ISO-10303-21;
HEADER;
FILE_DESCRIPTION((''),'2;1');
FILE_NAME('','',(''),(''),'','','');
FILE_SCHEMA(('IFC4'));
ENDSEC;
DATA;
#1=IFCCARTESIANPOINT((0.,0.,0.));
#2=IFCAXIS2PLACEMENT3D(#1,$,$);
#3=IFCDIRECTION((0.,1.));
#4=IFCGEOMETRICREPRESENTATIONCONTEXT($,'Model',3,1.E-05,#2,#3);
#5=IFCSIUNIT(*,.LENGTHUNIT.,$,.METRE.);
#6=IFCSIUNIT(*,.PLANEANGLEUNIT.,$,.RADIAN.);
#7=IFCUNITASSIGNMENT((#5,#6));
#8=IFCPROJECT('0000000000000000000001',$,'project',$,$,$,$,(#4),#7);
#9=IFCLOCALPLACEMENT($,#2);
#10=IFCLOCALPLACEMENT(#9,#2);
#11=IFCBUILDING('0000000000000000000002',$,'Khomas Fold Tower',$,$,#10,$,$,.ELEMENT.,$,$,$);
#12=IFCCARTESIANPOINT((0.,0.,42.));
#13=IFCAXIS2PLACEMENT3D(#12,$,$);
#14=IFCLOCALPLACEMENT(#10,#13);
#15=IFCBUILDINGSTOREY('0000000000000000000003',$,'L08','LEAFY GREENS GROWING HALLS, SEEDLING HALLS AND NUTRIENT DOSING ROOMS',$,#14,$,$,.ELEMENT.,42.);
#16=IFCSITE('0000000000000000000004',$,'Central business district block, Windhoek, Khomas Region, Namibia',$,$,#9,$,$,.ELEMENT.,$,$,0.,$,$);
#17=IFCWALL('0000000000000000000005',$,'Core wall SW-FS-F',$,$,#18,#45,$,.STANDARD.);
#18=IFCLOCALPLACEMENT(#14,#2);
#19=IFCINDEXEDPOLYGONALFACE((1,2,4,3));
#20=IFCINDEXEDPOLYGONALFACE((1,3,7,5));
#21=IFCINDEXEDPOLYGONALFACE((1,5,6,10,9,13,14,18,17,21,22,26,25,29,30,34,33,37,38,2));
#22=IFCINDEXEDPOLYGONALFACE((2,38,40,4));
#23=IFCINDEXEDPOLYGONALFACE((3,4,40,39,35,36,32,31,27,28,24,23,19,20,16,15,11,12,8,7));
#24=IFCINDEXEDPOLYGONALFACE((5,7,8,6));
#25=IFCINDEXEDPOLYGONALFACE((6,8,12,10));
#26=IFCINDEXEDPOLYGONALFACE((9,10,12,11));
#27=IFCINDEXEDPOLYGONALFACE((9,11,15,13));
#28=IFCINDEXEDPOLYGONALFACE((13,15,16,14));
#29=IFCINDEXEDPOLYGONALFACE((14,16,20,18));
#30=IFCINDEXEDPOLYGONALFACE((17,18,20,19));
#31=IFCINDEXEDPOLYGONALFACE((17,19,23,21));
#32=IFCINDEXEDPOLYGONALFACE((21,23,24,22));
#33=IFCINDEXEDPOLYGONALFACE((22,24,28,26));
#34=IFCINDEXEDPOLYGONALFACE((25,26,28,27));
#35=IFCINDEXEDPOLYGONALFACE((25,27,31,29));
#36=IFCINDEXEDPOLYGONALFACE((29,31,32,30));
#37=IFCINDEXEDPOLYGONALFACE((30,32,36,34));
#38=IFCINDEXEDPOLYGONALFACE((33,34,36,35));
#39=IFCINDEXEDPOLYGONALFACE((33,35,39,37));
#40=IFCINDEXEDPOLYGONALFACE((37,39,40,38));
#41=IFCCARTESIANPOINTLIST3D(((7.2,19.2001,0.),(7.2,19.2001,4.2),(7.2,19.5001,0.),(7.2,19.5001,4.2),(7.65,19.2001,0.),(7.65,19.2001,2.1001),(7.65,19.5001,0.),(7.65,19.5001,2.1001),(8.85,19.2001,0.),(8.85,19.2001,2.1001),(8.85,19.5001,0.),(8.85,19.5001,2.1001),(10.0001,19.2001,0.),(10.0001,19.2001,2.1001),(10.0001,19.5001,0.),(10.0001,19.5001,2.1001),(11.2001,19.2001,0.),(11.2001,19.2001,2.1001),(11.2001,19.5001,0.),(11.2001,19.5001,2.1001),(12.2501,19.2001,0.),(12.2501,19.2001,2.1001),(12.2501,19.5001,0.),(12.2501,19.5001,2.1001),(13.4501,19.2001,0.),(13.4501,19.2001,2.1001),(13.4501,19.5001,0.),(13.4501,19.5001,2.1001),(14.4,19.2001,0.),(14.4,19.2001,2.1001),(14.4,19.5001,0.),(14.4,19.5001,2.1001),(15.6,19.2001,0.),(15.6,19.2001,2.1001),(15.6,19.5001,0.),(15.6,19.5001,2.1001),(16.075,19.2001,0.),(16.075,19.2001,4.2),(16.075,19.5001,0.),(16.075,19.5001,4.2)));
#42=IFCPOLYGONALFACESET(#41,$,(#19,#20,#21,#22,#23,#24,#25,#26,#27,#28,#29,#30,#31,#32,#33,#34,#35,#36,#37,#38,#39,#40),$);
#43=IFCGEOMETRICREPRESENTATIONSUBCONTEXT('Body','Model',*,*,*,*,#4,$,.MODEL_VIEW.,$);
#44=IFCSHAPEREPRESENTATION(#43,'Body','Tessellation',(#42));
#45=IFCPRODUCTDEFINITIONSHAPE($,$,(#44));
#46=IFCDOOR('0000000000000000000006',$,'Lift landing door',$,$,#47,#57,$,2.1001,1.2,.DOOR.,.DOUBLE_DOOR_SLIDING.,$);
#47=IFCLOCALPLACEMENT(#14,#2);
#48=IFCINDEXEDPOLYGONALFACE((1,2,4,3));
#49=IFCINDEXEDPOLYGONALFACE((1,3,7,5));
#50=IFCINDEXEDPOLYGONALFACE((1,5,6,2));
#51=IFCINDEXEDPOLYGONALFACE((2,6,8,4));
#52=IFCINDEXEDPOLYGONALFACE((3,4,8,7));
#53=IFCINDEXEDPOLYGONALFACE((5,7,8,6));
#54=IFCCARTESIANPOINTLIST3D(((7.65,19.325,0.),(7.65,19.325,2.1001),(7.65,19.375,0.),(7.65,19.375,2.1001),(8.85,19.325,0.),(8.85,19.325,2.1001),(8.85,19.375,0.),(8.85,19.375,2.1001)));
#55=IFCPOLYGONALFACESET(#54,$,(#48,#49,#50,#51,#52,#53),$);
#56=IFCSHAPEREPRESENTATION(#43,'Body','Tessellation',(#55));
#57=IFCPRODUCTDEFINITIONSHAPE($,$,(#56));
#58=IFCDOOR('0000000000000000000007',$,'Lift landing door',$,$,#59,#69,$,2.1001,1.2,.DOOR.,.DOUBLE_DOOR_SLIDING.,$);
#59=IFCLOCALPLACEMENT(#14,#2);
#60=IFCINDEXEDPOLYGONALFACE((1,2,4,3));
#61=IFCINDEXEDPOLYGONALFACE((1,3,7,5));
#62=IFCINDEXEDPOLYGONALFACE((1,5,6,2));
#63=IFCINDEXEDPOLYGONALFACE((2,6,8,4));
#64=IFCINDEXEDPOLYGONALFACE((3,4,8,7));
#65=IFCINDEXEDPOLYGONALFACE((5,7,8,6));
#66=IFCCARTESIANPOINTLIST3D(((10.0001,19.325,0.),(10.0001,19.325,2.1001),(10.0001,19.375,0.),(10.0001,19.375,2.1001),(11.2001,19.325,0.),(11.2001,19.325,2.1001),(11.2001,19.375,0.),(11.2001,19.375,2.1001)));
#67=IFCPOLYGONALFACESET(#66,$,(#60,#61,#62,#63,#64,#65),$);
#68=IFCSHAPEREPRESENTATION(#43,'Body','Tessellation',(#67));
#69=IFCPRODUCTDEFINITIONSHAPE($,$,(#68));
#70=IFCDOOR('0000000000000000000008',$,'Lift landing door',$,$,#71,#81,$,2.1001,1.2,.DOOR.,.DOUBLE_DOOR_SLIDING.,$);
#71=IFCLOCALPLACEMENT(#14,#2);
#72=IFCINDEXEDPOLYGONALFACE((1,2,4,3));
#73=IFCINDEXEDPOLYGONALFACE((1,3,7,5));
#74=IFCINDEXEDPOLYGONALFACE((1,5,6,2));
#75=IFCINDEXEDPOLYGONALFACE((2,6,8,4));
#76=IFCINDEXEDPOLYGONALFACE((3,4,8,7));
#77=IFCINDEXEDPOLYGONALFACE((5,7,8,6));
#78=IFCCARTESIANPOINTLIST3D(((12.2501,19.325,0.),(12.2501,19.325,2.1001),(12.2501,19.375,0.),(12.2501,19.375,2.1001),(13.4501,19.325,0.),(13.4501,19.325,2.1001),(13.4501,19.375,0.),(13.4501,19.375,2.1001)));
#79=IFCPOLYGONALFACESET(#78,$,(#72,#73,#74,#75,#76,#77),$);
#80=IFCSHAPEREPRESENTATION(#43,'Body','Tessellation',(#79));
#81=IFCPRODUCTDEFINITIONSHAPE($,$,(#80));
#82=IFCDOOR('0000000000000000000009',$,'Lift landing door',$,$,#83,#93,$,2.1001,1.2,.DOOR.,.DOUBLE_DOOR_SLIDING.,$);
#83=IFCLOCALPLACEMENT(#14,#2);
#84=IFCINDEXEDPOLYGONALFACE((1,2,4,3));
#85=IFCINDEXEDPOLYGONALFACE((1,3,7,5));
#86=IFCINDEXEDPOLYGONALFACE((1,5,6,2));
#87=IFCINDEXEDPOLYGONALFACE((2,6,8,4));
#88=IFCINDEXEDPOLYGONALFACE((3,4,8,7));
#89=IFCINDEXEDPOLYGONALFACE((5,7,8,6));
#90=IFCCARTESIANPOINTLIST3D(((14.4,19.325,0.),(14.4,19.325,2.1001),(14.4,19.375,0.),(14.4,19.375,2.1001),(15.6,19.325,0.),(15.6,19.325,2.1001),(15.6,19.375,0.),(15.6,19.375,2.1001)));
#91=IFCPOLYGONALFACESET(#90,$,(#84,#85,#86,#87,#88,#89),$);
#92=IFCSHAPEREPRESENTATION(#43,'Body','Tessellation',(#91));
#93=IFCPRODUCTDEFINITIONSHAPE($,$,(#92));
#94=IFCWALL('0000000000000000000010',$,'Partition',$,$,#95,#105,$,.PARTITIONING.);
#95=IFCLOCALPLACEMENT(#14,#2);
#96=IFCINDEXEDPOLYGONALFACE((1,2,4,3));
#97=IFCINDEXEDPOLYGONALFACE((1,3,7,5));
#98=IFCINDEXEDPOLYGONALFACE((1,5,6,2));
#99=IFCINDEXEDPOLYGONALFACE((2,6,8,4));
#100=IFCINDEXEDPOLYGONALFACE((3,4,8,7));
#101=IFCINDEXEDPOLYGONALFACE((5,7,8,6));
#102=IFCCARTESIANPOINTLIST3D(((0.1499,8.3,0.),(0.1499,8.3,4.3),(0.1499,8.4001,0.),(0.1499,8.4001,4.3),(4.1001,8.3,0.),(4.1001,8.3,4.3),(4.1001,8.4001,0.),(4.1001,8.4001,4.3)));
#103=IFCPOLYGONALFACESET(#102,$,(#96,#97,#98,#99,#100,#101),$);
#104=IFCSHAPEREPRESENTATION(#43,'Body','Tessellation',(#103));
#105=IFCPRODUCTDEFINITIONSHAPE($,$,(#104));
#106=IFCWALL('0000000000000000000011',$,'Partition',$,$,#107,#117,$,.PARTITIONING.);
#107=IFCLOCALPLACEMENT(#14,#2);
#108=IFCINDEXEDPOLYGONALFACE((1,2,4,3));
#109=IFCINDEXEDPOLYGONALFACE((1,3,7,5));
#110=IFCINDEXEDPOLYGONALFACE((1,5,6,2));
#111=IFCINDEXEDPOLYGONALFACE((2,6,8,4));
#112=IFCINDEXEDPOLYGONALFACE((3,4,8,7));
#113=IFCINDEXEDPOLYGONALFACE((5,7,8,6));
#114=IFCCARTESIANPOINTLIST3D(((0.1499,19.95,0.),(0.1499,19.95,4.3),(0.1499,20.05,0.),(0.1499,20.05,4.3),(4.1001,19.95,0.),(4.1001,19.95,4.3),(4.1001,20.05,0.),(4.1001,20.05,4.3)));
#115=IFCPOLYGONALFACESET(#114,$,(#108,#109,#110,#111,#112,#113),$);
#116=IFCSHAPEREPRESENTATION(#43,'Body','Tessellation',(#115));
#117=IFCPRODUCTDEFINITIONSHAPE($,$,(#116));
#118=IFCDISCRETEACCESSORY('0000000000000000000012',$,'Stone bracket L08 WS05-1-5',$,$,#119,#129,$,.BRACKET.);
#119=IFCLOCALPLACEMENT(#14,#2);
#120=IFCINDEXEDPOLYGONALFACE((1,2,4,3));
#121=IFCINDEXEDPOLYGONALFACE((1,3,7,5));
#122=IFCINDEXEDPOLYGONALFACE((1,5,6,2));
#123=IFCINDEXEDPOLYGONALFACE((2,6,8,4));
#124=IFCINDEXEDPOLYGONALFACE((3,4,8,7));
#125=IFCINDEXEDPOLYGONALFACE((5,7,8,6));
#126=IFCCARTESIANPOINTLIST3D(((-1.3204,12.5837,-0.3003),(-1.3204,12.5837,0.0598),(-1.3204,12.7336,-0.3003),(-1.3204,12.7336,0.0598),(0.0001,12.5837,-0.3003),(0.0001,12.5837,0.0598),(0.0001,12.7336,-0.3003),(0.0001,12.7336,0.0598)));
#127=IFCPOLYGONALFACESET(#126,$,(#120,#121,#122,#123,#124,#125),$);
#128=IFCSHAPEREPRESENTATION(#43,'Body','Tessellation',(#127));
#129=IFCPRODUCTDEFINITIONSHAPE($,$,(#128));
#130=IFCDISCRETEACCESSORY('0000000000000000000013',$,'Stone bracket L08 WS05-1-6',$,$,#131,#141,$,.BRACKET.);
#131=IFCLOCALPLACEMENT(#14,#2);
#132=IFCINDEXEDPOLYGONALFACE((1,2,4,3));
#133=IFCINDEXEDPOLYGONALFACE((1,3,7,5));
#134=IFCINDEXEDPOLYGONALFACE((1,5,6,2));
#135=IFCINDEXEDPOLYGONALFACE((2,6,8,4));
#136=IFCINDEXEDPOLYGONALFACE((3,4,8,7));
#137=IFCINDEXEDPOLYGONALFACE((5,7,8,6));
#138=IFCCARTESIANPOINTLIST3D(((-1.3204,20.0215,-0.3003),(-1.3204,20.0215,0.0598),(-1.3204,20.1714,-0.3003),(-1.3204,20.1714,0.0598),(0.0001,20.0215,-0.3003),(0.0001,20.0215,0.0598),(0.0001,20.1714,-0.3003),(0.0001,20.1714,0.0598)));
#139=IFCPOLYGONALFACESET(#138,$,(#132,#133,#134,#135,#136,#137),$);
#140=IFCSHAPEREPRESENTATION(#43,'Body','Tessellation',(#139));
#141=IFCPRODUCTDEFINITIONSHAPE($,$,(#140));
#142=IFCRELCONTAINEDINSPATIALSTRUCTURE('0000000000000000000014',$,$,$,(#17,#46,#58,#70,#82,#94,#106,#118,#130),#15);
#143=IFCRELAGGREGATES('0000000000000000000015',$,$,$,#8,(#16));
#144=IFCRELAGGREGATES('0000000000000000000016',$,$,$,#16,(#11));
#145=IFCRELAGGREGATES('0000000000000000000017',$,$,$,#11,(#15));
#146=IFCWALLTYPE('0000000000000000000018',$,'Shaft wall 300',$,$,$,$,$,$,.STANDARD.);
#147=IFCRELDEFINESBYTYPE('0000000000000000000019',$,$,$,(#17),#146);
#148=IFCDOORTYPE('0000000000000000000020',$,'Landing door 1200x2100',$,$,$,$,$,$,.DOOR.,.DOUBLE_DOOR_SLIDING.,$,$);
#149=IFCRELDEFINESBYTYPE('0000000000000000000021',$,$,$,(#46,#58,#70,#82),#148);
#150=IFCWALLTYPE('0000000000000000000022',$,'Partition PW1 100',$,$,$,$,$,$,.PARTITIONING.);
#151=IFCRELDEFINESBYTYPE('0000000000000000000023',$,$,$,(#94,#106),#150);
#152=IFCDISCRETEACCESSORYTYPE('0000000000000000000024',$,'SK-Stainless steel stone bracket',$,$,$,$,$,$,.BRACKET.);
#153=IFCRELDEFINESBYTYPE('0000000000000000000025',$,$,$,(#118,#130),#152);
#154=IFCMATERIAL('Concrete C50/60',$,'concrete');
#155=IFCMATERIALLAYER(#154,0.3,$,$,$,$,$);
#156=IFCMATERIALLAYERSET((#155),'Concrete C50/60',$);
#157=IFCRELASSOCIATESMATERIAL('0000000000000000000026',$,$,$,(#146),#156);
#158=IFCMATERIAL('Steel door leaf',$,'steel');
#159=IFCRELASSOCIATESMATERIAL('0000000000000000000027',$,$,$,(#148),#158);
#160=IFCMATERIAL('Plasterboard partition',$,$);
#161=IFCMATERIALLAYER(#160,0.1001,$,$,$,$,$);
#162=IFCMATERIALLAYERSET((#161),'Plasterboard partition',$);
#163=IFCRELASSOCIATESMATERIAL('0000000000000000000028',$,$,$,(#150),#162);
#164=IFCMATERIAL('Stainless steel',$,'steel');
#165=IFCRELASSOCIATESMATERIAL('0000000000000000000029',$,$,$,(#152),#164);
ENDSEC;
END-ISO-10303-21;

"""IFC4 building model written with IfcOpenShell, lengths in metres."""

from ifc_helpers import new_model, si_unit, direction, frame, frame_2d, origin, origin_2d, place, context, subcontext, project, spatial, rectangle, extrude, source, transform, mapped, material, layer, layer_set, type_object, element, fill, save


model = new_model("IFC4")

# Units and contexts
model_context = context("Model", 3, precision=1e-05, world=origin(), true_north=direction((0.0, 1.0)))
body_context = subcontext(model_context, "Body", "Model", "MODEL_VIEW")
ifc_project = project(units=[si_unit("LENGTHUNIT", "METRE"), si_unit("PLANEANGLEUNIT", "RADIAN")], contexts=[model_context])

# Site, building, storey
site_placement = place(None, origin())
site = spatial("IfcSite", under=ifc_project, at=site_placement, Name="Central business district block, Windhoek, Khomas Region, Namibia", CompositionType="ELEMENT", RefElevation=0.0)
building_placement = place(site_placement, origin())
building = spatial("IfcBuilding", under=site, at=building_placement, Name="Khomas Fold Tower", CompositionType="ELEMENT")
storey_placement = place(building_placement, frame((0.0, 0.0, 42.0)))
storey = spatial("IfcBuildingStorey", under=building, at=storey_placement, Name="L08", Description="LEAFY GREENS GROWING HALLS, SEEDLING HALLS AND NUTRIENT DOSING ROOMS", CompositionType="ELEMENT", Elevation=42.0)

# Shared definitions
ifc_material_1 = material(Name="Concrete C50/60", Category="concrete")
ifc_layer_1 = layer(ifc_material_1, 0.3)
ifc_layer_set_1 = layer_set([ifc_layer_1], Name="Concrete C50/60")
wall_type_1 = type_object("IfcWallType", Name="Shaft wall 300", PredefinedType="STANDARD", material=ifc_layer_set_1)

# Wall, openings, doors
shared_shape_1 = source(origin(), body_context, "Body", "SweptSolid", [
    extrude(rectangle(XDim=8.875, YDim=0.3, at=frame_2d((4.4375, 0.0))), origin(), (0.0, 0.0, 1.0), 4.2),
])
wall_1_placement = place(storey_placement, frame((7.2, 19.3501, 0.0), z_axis=(0.0, 0.0, 1.0), x_axis=(1.0, 0.0, 0.0)))
wall_1 = element("IfcWall", 1, at=wall_1_placement, inside=storey, type_object=wall_type_1, Name="Core wall SW-FS-F", PredefinedType="STANDARD", context=body_context, shape_type="MappedRepresentation", body=[
    mapped(shared_shape_1, transform((0.0, 0.0, 0.0))),
])
shared_shape_2 = source(origin(), body_context, "Body", "SweptSolid", [
    extrude(rectangle(XDim=1.2, YDim=2.1001, at=frame_2d((0.6001, 1.05))), frame((0.0, 0.1599, 0.0), z_axis=(0.0, -1.0, 0.0), x_axis=(1.0, 0.0, 0.0)), (0.0, 0.0, 1.0), 0.3201),
])
opening_1_placement = place(wall_1_placement, frame((0.45, 0.0, 0.0)))
opening_1 = element("IfcOpeningElement", 2, at=opening_1_placement, cuts=wall_1, PredefinedType="OPENING", context=body_context, shape_type="MappedRepresentation", body=[
    mapped(shared_shape_2, transform((0.0, 0.0, 0.0))),
])
opening_2_placement = place(wall_1_placement, frame((2.8, 0.0, 0.0)))
opening_2 = element("IfcOpeningElement", 3, at=opening_2_placement, cuts=wall_1, PredefinedType="OPENING", context=body_context, shape_type="MappedRepresentation", body=[
    mapped(shared_shape_2, transform((0.0, 0.0, 0.0))),
])
opening_3_placement = place(wall_1_placement, frame((5.05, 0.0, 0.0)))
opening_3 = element("IfcOpeningElement", 4, at=opening_3_placement, cuts=wall_1, PredefinedType="OPENING", context=body_context, shape_type="MappedRepresentation", body=[
    mapped(shared_shape_2, transform((0.0, 0.0, 0.0))),
])
opening_4_placement = place(wall_1_placement, frame((7.2, 0.0, 0.0)))
opening_4 = element("IfcOpeningElement", 5, at=opening_4_placement, cuts=wall_1, PredefinedType="OPENING", context=body_context, shape_type="MappedRepresentation", body=[
    mapped(shared_shape_2, transform((0.0, 0.0, 0.0))),
])
ifc_material_2 = material(Name="Steel door leaf", Category="steel")
door_type_1 = type_object("IfcDoorType", Name="Landing door 1200x2100", OperationType="DOUBLE_DOOR_SLIDING", PredefinedType="DOOR", material=ifc_material_2)
shared_shape_3 = source(origin(), body_context, "Body", "SweptSolid", [
    extrude(rectangle(XDim=1.2, YDim=2.1001, at=frame_2d((0.6001, 1.05))), frame((0.0, 0.0249, 0.0), z_axis=(0.0, -1.0, 0.0), x_axis=(1.0, 0.0, 0.0)), (0.0, 0.0, 1.0), 0.05),
])
door_1_placement = place(opening_1_placement, origin())
door_1 = element("IfcDoor", 6, at=door_1_placement, inside=storey, type_object=door_type_1, Name="Lift landing door", OperationType="DOUBLE_DOOR_SLIDING", OverallHeight=2.1001, OverallWidth=1.2, PredefinedType="DOOR", context=body_context, shape_type="MappedRepresentation", body=[
    mapped(shared_shape_3, transform((0.0, 0.0, 0.0))),
])
fill(opening_1, door_1)
door_2_placement = place(opening_2_placement, origin())
door_2 = element("IfcDoor", 7, at=door_2_placement, inside=storey, type_object=door_type_1, Name="Lift landing door", OperationType="DOUBLE_DOOR_SLIDING", OverallHeight=2.1001, OverallWidth=1.2, PredefinedType="DOOR", context=body_context, shape_type="MappedRepresentation", body=[
    mapped(shared_shape_3, transform((0.0, 0.0, 0.0))),
])
fill(opening_2, door_2)
door_3_placement = place(opening_3_placement, origin())
door_3 = element("IfcDoor", 8, at=door_3_placement, inside=storey, type_object=door_type_1, Name="Lift landing door", OperationType="DOUBLE_DOOR_SLIDING", OverallHeight=2.1001, OverallWidth=1.2, PredefinedType="DOOR", context=body_context, shape_type="MappedRepresentation", body=[
    mapped(shared_shape_3, transform((0.0, 0.0, 0.0))),
])
fill(opening_3, door_3)
door_4_placement = place(opening_4_placement, origin())
door_4 = element("IfcDoor", 9, at=door_4_placement, inside=storey, type_object=door_type_1, Name="Lift landing door", OperationType="DOUBLE_DOOR_SLIDING", OverallHeight=2.1001, OverallWidth=1.2, PredefinedType="DOOR", context=body_context, shape_type="MappedRepresentation", body=[
    mapped(shared_shape_3, transform((0.0, 0.0, 0.0))),
])
fill(opening_4, door_4)

# Walls
ifc_material_3 = material(Name="Plasterboard partition")
ifc_layer_2 = layer(ifc_material_3, 0.1001)
ifc_layer_set_2 = layer_set([ifc_layer_2], Name="Plasterboard partition")
wall_type_2 = type_object("IfcWallType", Name="Partition PW1 100", PredefinedType="PARTITIONING", material=ifc_layer_set_2)
shared_shape_4 = source(origin(), body_context, "Body", "SweptSolid", [
    extrude(rectangle(XDim=3.9502, YDim=0.1001, at=frame_2d((1.9751, 0.0))), origin(), (0.0, 0.0, 1.0), 4.3),
])
for number, where, z_axis, x_axis, name in (
    (10, (0.1499, 8.3501, 0.0), (0.0, 0.0, 1.0), (1.0, 0.0, 0.0), "Partition"),
    (11, (0.1499, 20.0, 0.0), (0.0, 0.0, 1.0), (1.0, 0.0, 0.0), "Partition"),
):
    element("IfcWall", number, at=place(storey_placement, frame(where, z_axis=z_axis, x_axis=x_axis)), inside=storey, type_object=wall_type_2, Name=name, PredefinedType="PARTITIONING", context=body_context, shape_type="MappedRepresentation", body=[
        mapped(shared_shape_4, transform((0.0, 0.0, 0.0))),
    ])

# Discrete accessories
ifc_material_4 = material(Name="Stainless steel", Category="steel")
discrete_accessory_type = type_object("IfcDiscreteAccessoryType", Name="SK-Stainless steel stone bracket", PredefinedType="BRACKET", material=ifc_material_4)
shared_shape_5 = source(origin(), body_context, "Body", "SweptSolid", [
    extrude(rectangle(XDim=1.3206, YDim=0.1499, at=origin_2d()), origin(), (0.0, 0.0, 1.0), 0.3601),
])
for number, where, z_axis, x_axis, name in (
    (12, (-0.6602, 12.6587, -0.3003), (0.0, 0.0, 1.0), (-1.0, 0.0, 0.0), "Stone bracket L08 WS05-1-5"),
    (13, (-0.6602, 20.0964, -0.3003), (0.0, 0.0, 1.0), (-1.0, 0.0, 0.0), "Stone bracket L08 WS05-1-6"),
):
    element("IfcDiscreteAccessory", number, at=place(storey_placement, frame(where, z_axis=z_axis, x_axis=x_axis)), inside=storey, type_object=discrete_accessory_type, Name=name, PredefinedType="BRACKET", context=body_context, shape_type="MappedRepresentation", body=[
        mapped(shared_shape_5, transform((0.0, 0.0, 0.0))),
    ])

save(model, "model.ifc")
